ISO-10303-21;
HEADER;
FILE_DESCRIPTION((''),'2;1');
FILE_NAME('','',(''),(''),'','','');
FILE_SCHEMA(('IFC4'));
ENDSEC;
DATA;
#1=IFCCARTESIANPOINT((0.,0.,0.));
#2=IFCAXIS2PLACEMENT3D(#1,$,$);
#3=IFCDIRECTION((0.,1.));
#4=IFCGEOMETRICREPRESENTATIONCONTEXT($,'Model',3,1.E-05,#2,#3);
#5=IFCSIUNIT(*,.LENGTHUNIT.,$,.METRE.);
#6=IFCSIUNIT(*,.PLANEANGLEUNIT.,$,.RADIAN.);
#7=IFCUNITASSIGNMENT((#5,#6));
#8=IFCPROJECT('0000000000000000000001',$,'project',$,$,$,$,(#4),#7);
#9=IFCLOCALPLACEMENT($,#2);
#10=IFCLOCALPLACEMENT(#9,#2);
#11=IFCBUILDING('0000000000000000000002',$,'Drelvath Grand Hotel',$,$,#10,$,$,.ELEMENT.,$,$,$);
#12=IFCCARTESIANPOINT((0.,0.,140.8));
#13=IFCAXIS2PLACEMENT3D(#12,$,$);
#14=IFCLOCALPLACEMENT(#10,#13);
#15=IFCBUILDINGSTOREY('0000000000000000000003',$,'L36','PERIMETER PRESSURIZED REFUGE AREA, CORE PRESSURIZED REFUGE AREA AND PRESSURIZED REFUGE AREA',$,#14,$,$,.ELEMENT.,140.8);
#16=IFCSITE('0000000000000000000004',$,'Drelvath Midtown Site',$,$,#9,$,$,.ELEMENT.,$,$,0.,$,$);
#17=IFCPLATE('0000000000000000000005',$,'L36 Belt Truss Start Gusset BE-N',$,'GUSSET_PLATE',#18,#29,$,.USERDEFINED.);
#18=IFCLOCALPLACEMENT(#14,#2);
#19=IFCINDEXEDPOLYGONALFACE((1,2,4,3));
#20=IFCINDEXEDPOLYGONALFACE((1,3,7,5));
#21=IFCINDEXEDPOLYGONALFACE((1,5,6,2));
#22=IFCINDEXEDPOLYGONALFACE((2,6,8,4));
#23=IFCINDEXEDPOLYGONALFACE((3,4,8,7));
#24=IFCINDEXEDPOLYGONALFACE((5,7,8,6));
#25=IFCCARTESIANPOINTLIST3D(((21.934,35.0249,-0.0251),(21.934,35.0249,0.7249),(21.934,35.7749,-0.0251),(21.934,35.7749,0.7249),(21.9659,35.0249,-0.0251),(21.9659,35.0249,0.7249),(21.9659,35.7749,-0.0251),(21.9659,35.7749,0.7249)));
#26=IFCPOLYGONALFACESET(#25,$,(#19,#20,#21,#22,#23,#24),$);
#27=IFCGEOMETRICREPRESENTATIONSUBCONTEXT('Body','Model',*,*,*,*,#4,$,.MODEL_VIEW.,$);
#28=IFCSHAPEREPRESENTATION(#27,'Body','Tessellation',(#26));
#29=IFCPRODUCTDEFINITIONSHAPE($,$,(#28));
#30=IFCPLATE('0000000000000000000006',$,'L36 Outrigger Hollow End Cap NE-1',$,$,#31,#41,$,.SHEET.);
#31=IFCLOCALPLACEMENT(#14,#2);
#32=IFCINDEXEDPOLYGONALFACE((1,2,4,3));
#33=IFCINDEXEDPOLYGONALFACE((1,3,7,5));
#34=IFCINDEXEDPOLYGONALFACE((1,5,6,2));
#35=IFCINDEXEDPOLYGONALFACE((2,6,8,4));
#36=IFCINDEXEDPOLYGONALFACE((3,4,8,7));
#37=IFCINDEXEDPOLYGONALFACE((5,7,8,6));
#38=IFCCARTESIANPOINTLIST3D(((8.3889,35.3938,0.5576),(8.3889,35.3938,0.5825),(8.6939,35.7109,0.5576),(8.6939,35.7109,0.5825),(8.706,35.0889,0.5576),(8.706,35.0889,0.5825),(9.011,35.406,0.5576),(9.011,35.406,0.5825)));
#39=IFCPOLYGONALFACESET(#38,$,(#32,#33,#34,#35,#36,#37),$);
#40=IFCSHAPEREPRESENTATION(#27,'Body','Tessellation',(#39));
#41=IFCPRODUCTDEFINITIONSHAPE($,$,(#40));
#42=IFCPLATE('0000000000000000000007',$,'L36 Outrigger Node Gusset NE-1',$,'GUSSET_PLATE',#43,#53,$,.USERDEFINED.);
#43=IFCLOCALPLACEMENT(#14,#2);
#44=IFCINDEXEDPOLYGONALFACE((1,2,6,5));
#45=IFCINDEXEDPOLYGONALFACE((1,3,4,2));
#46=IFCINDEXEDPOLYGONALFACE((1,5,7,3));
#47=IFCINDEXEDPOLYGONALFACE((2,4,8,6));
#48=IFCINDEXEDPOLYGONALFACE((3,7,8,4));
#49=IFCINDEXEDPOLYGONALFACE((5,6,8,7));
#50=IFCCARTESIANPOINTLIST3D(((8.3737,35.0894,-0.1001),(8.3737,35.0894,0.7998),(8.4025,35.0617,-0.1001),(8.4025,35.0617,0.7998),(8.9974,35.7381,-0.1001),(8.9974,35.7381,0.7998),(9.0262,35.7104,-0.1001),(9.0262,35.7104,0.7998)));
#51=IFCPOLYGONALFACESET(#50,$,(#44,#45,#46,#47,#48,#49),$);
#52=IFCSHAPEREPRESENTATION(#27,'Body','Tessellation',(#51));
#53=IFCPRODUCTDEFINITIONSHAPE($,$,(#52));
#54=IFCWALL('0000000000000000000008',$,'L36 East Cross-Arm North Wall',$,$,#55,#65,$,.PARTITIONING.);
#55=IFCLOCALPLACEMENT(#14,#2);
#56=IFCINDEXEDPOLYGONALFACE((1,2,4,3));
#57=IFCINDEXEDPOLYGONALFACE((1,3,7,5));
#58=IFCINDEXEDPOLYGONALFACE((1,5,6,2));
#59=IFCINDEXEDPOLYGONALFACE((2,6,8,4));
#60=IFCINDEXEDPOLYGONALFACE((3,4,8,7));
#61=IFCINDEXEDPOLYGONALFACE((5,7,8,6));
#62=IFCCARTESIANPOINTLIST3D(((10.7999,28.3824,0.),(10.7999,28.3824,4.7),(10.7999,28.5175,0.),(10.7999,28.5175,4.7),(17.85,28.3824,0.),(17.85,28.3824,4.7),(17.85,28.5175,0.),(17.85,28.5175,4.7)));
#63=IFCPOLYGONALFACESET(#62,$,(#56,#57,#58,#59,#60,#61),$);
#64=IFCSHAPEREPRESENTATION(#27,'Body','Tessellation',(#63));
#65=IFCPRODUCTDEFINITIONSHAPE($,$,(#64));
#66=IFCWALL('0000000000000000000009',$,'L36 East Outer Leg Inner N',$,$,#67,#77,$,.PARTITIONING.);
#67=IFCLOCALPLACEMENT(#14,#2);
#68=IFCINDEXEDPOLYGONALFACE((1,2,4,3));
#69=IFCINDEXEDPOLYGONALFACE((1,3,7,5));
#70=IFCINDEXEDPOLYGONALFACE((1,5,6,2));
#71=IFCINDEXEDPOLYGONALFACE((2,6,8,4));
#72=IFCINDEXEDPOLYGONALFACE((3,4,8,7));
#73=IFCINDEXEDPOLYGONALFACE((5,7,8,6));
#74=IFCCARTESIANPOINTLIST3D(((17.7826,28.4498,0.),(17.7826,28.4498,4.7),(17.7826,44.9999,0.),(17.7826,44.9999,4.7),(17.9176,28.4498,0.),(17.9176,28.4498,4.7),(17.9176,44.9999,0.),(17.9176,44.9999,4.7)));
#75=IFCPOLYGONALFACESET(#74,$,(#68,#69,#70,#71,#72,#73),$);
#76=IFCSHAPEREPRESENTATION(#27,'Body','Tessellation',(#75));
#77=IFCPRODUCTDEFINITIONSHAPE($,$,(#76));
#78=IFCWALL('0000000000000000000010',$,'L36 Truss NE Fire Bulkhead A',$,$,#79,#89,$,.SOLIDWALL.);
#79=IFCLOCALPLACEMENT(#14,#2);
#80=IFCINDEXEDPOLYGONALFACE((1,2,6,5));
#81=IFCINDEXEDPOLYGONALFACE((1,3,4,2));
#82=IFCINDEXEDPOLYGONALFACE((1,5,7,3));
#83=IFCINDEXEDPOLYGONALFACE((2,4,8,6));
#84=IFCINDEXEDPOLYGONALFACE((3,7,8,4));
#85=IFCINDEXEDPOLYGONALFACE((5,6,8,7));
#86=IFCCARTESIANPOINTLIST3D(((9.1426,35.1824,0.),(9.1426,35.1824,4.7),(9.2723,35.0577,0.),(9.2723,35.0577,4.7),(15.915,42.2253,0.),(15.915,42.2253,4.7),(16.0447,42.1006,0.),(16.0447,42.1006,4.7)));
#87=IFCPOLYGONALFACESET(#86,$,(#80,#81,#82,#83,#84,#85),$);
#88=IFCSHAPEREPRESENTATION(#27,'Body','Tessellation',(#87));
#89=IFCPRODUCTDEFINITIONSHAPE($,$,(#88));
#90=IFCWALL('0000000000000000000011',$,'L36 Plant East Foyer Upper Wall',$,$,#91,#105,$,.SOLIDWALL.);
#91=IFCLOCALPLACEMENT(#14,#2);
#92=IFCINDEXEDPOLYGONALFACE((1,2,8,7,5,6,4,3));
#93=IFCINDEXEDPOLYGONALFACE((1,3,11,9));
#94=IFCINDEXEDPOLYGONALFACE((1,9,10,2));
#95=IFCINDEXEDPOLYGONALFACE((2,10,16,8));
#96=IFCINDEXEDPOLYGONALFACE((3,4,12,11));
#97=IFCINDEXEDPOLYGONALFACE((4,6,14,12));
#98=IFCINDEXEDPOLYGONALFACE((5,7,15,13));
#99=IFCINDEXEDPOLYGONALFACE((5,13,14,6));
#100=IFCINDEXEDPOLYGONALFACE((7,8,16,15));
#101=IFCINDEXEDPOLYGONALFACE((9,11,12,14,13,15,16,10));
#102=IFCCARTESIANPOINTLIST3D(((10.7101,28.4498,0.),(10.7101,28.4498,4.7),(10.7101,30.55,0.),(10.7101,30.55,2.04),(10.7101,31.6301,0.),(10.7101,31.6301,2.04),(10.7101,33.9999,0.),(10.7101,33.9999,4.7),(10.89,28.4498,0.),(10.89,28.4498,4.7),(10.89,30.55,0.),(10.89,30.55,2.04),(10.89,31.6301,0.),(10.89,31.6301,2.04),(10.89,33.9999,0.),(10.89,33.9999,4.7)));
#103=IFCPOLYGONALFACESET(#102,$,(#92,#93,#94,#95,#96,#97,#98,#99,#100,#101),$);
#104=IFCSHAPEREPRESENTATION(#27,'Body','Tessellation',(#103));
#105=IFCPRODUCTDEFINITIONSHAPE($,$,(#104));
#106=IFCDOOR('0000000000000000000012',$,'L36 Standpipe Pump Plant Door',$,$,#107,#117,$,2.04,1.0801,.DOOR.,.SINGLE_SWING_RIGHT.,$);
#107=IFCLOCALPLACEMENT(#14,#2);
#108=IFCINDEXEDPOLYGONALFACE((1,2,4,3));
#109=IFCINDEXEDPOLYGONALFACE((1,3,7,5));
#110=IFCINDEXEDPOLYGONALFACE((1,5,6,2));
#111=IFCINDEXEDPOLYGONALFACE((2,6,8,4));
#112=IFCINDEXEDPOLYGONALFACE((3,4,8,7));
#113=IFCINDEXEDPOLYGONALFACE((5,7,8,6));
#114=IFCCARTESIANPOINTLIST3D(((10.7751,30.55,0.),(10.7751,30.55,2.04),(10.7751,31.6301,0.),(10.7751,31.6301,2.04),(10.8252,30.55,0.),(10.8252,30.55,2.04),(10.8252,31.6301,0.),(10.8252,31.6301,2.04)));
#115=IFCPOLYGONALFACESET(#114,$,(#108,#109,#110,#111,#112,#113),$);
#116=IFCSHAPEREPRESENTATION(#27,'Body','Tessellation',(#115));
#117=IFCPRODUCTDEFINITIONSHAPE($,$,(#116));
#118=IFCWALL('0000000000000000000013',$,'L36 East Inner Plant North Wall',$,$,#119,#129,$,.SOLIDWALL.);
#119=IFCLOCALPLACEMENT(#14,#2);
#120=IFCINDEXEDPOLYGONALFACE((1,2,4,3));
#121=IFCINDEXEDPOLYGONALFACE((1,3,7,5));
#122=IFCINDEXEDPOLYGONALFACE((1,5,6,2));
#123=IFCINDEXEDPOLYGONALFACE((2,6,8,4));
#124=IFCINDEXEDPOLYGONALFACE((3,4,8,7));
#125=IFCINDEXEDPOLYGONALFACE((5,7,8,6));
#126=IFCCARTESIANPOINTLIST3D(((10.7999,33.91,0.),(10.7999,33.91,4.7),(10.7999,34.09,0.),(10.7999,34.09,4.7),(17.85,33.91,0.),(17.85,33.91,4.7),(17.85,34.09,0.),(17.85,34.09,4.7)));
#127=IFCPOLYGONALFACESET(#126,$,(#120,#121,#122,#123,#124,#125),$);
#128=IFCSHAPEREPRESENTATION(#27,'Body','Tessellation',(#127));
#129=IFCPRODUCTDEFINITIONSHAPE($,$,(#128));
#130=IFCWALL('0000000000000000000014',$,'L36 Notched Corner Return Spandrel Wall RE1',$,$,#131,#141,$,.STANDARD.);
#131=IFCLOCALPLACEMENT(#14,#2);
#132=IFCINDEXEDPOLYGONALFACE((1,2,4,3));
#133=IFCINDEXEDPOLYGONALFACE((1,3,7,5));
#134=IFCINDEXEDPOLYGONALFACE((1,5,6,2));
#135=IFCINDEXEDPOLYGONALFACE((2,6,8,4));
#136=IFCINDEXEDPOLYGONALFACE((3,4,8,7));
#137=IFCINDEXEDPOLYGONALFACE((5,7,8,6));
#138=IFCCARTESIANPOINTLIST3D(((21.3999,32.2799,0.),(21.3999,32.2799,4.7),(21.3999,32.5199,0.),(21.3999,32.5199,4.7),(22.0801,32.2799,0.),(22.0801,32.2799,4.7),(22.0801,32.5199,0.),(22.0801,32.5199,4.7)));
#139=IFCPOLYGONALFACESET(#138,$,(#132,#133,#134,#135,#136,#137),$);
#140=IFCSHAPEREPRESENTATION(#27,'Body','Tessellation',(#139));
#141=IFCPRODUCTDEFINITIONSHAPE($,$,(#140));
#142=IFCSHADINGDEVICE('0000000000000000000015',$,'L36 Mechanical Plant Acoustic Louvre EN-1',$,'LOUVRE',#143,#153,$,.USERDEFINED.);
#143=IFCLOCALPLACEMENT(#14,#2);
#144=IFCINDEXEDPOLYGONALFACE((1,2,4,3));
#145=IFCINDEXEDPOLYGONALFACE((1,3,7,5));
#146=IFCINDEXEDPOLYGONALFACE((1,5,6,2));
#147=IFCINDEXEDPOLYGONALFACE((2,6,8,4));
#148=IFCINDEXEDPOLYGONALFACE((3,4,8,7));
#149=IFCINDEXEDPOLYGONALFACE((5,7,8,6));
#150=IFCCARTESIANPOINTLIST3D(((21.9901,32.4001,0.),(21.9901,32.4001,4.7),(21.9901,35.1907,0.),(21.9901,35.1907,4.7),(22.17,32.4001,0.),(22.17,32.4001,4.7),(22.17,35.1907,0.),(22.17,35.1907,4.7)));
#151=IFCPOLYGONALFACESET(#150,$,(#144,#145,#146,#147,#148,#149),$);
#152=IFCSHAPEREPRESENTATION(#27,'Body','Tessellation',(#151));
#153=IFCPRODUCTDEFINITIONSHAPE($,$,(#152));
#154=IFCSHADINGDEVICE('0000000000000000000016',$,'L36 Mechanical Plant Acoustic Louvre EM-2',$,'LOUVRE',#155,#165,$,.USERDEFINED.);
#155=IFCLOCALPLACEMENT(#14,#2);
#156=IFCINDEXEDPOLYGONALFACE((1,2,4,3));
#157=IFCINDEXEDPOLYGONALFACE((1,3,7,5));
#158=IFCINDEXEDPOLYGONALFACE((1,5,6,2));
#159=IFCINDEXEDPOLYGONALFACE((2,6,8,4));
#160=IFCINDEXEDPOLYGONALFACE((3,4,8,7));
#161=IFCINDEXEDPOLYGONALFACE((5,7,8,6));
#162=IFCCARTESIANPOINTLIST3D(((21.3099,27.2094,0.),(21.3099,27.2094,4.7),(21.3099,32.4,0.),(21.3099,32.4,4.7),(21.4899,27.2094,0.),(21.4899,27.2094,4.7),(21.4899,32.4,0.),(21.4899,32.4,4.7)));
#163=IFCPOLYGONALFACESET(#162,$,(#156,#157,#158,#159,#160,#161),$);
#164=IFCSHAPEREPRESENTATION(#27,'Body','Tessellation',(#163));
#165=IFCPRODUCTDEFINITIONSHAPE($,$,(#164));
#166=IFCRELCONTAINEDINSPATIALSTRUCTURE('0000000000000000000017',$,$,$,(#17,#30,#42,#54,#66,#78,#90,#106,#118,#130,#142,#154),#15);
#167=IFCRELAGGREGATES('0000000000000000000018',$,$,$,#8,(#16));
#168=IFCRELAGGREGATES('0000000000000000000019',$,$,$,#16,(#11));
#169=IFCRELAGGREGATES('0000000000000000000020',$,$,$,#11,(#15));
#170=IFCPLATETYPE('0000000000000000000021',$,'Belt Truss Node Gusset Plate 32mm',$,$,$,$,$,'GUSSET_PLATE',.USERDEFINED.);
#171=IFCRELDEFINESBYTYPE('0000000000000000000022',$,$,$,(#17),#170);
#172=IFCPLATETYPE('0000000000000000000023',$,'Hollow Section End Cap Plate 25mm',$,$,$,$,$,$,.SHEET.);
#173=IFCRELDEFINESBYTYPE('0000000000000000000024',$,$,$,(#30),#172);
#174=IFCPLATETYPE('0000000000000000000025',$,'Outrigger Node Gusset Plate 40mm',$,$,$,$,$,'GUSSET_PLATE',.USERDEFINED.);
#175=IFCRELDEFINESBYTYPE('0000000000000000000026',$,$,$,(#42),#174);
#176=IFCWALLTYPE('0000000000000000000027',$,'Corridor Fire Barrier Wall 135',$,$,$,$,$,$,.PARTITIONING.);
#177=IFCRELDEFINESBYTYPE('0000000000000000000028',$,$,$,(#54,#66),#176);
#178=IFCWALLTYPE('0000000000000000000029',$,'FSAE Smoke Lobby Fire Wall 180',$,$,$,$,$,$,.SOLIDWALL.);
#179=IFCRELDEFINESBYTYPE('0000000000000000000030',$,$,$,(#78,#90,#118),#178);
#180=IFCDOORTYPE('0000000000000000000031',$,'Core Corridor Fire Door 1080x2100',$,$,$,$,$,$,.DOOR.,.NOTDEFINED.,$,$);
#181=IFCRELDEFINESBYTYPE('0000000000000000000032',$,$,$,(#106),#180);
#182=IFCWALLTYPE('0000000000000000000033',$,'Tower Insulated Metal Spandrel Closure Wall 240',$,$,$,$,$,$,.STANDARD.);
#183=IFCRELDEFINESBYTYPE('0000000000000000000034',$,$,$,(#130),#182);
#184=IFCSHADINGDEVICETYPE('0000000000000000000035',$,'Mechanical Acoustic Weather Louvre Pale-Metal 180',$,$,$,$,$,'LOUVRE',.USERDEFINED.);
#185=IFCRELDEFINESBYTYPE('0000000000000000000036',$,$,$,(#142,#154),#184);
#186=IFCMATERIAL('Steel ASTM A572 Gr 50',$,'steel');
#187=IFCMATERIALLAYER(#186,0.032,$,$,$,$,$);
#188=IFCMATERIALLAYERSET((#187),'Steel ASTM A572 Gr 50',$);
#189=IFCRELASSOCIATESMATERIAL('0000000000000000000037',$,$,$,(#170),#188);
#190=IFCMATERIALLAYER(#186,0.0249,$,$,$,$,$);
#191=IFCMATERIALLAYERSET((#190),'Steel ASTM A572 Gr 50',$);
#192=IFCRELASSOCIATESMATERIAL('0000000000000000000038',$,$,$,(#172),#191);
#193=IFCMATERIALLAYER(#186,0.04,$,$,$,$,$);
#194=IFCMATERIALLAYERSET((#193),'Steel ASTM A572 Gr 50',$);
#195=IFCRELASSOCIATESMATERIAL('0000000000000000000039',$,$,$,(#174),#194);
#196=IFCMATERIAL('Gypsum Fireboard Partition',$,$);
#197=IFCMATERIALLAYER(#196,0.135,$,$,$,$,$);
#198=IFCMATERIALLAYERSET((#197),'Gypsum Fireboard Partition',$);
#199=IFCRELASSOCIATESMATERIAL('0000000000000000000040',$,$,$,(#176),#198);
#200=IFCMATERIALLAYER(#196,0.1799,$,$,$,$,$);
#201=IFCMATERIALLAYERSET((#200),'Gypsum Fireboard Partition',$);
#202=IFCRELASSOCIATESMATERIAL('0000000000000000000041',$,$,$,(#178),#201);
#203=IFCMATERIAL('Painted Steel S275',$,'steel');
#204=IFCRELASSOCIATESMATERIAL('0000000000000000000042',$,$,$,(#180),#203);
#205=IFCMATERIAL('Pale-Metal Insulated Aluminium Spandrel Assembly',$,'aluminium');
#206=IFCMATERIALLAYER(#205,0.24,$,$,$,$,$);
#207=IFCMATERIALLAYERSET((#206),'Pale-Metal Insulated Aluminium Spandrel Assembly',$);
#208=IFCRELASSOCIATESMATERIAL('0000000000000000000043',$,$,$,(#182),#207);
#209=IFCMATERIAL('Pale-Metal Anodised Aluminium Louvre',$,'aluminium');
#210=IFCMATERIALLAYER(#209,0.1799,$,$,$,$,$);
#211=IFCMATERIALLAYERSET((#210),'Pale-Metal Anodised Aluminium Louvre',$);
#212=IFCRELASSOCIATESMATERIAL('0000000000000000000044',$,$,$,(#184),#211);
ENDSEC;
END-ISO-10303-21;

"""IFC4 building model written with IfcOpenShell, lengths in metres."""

from ifc_helpers import new_model, si_unit, direction, frame, frame_2d, origin, origin_2d, place, context, subcontext, project, spatial, rectangle, extrude, material, layer, layer_set, type_object, element, fill, save


model = new_model("IFC4")

# Units and contexts
model_context = context("Model", 3, precision=1e-05, world=origin(), true_north=direction((0.0, 1.0)))
body_context = subcontext(model_context, "Body", "Model", "MODEL_VIEW")
ifc_project = project(units=[si_unit("LENGTHUNIT", "METRE"), si_unit("PLANEANGLEUNIT", "RADIAN")], contexts=[model_context])

# Site, building, storey
site_placement = place(None, origin())
site = spatial("IfcSite", under=ifc_project, at=site_placement, Name="Drelvath Midtown Site", CompositionType="ELEMENT", RefElevation=0.0)
building_placement = place(site_placement, origin())
building = spatial("IfcBuilding", under=site, at=building_placement, Name="Drelvath Grand Hotel", CompositionType="ELEMENT")
storey_placement = place(building_placement, frame((0.0, 0.0, 140.8)))
storey = spatial("IfcBuildingStorey", under=building, at=storey_placement, Name="L36", Description="PERIMETER PRESSURIZED REFUGE AREA, CORE PRESSURIZED REFUGE AREA AND PRESSURIZED REFUGE AREA", CompositionType="ELEMENT", Elevation=140.8)

# Plates
ifc_material_1 = material(Name="Steel ASTM A572 Gr 50", Category="steel")
ifc_layer_1 = layer(ifc_material_1, 0.032)
ifc_layer_set_1 = layer_set([ifc_layer_1], Name="Steel ASTM A572 Gr 50")
plate_type_1 = type_object("IfcPlateType", Name="Belt Truss Node Gusset Plate 32mm", ElementType="GUSSET_PLATE", PredefinedType="USERDEFINED", material=ifc_layer_set_1)
plate_1_placement = place(storey_placement, frame((21.95, 35.3999, -0.0251), z_axis=(0.0, 0.0, 1.0), x_axis=(0.0, 1.0, 0.0)))
element("IfcPlate", 1, at=plate_1_placement, inside=storey, type_object=plate_type_1, Name="L36 Belt Truss Start Gusset BE-N", ObjectType="GUSSET_PLATE", PredefinedType="USERDEFINED", context=body_context, shape_type="SweptSolid", body=[
    extrude(rectangle(XDim=0.75, YDim=0.032, at=origin_2d()), origin(), (0.0, 0.0, 1.0), 0.75),
])
ifc_layer_2 = layer(ifc_material_1, 0.0249)
ifc_layer_set_2 = layer_set([ifc_layer_2], Name="Steel ASTM A572 Gr 50")
plate_type_2 = type_object("IfcPlateType", Name="Hollow Section End Cap Plate 25mm", PredefinedType="SHEET", material=ifc_layer_set_2)
plate_2_placement = place(storey_placement, frame((8.7, 35.3999, 0.5576), z_axis=(0.0, 0.0, 1.0), x_axis=(0.693109, 0.720833, 0.0)))
element("IfcPlate", 2, at=plate_2_placement, inside=storey, type_object=plate_type_2, Name="L36 Outrigger Hollow End Cap NE-1", PredefinedType="SHEET", context=body_context, shape_type="SweptSolid", body=[
    extrude(rectangle(XDim=0.4399, YDim=0.4399, at=origin_2d()), origin(), (0.0, 0.0, 1.0), 0.0249),
])
ifc_layer_3 = layer(ifc_material_1, 0.04)
ifc_layer_set_3 = layer_set([ifc_layer_3], Name="Steel ASTM A572 Gr 50")
plate_type_3 = type_object("IfcPlateType", Name="Outrigger Node Gusset Plate 40mm", ElementType="GUSSET_PLATE", PredefinedType="USERDEFINED", material=ifc_layer_set_3)
plate_3_placement = place(storey_placement, frame((8.7, 35.3999, -0.1001), z_axis=(0.0, 0.0, 1.0), x_axis=(0.693109, 0.720833, 0.0)))
element("IfcPlate", 3, at=plate_3_placement, inside=storey, type_object=plate_type_3, Name="L36 Outrigger Node Gusset NE-1", ObjectType="GUSSET_PLATE", PredefinedType="USERDEFINED", context=body_context, shape_type="SweptSolid", body=[
    extrude(rectangle(XDim=0.8999, YDim=0.04, at=origin_2d()), origin(), (0.0, 0.0, 1.0), 0.8999),
])

# Walls
ifc_material_2 = material(Name="Gypsum Fireboard Partition")
ifc_layer_4 = layer(ifc_material_2, 0.135)
ifc_layer_set_4 = layer_set([ifc_layer_4], Name="Gypsum Fireboard Partition")
wall_type_1 = type_object("IfcWallType", Name="Corridor Fire Barrier Wall 135", PredefinedType="PARTITIONING", material=ifc_layer_set_4)
wall_1_placement = place(storey_placement, frame((10.8, 28.45, 0.0), z_axis=(0.0, 0.0, 1.0), x_axis=(1.0, 0.0, 0.0)))
element("IfcWall", 4, at=wall_1_placement, inside=storey, type_object=wall_type_1, Name="L36 East Cross-Arm North Wall", PredefinedType="PARTITIONING", context=body_context, shape_type="SweptSolid", body=[
    extrude(rectangle(XDim=7.05, YDim=0.135, at=frame_2d((3.5249, 0.0))), origin(), (0.0, 0.0, 1.0), 4.7),
])
wall_2_placement = place(storey_placement, frame((17.8501, 28.45, 0.0), z_axis=(0.0, 0.0, 1.0), x_axis=(0.0, 1.0, 0.0)))
element("IfcWall", 5, at=wall_2_placement, inside=storey, type_object=wall_type_1, Name="L36 East Outer Leg Inner N", PredefinedType="PARTITIONING", context=body_context, shape_type="SweptSolid", body=[
    extrude(rectangle(XDim=16.55, YDim=0.135, at=frame_2d((8.2749, 0.0))), origin(), (0.0, 0.0, 1.0), 4.7),
])
ifc_layer_5 = layer(ifc_material_2, 0.1799)
ifc_layer_set_5 = layer_set([ifc_layer_5], Name="Gypsum Fireboard Partition")
wall_type_2 = type_object("IfcWallType", Name="FSAE Smoke Lobby Fire Wall 180", PredefinedType="SOLIDWALL", material=ifc_layer_set_5)
wall_3_placement = place(storey_placement, frame((9.2075, 35.1201, 0.0), z_axis=(0.0, 0.0, 1.0), x_axis=(0.693129, 0.720814, 0.0)))
element("IfcWall", 6, at=wall_3_placement, inside=storey, type_object=wall_type_2, Name="L36 Truss NE Fire Bulkhead A", PredefinedType="SOLIDWALL", context=body_context, shape_type="SweptSolid", body=[
    extrude(rectangle(XDim=9.7708, YDim=0.1799, at=frame_2d((4.8853, 0.0))), origin(), (0.0, 0.0, 1.0), 4.7),
])

# Wall, opening, door
wall_4_placement = place(storey_placement, frame((10.8, 28.45, 0.0), z_axis=(0.0, 0.0, 1.0), x_axis=(0.0, 1.0, 0.0)))
wall_4 = element("IfcWall", 7, at=wall_4_placement, inside=storey, type_object=wall_type_2, Name="L36 Plant East Foyer Upper Wall", PredefinedType="SOLIDWALL", context=body_context, shape_type="SweptSolid", body=[
    extrude(rectangle(XDim=5.55, YDim=0.1799, at=frame_2d((2.7749, 0.0))), origin(), (0.0, 0.0, 1.0), 4.7),
])
opening_placement = place(wall_4_placement, frame((2.1001, 0.0, 0.0)))
opening = element("IfcOpeningElement", 8, at=opening_placement, cuts=wall_4, PredefinedType="OPENING", context=body_context, shape_type="SweptSolid", body=[
    extrude(rectangle(XDim=1.0801, YDim=2.04, at=frame_2d((0.54, 1.02))), frame((0.0, 0.0999, 0.0), z_axis=(0.0, -1.0, 0.0), x_axis=(1.0, 0.0, 0.0)), (0.0, 0.0, 1.0), 0.2),
])
ifc_material_3 = material(Name="Painted Steel S275", Category="steel")
door_type = type_object("IfcDoorType", Name="Core Corridor Fire Door 1080x2100", OperationType="NOTDEFINED", PredefinedType="DOOR", material=ifc_material_3)
door_placement = place(opening_placement, origin())
door = element("IfcDoor", 9, at=door_placement, inside=storey, type_object=door_type, Name="L36 Standpipe Pump Plant Door", OperationType="SINGLE_SWING_RIGHT", OverallHeight=2.04, OverallWidth=1.0801, PredefinedType="DOOR", context=body_context, shape_type="SweptSolid", body=[
    extrude(rectangle(XDim=1.0801, YDim=2.04, at=frame_2d((0.54, 1.02))), frame((0.0, 0.0249, 0.0), z_axis=(0.0, -1.0, 0.0), x_axis=(1.0, 0.0, 0.0)), (0.0, 0.0, 1.0), 0.05),
])
fill(opening, door)

# Walls
wall_5_placement = place(storey_placement, frame((10.8, 34.0, 0.0), z_axis=(0.0, 0.0, 1.0), x_axis=(1.0, 0.0, 0.0)))
element("IfcWall", 10, at=wall_5_placement, inside=storey, type_object=wall_type_2, Name="L36 East Inner Plant North Wall", PredefinedType="SOLIDWALL", context=body_context, shape_type="SweptSolid", body=[
    extrude(rectangle(XDim=7.05, YDim=0.1799, at=frame_2d((3.5249, 0.0))), origin(), (0.0, 0.0, 1.0), 4.7),
])
ifc_material_4 = material(Name="Pale-Metal Insulated Aluminium Spandrel Assembly", Category="aluminium")
ifc_layer_6 = layer(ifc_material_4, 0.24)
ifc_layer_set_6 = layer_set([ifc_layer_6], Name="Pale-Metal Insulated Aluminium Spandrel Assembly")
wall_type_3 = type_object("IfcWallType", Name="Tower Insulated Metal Spandrel Closure Wall 240", PredefinedType="STANDARD", material=ifc_layer_set_6)
wall_6_placement = place(storey_placement, frame((22.0801, 32.3999, 0.0), z_axis=(0.0, 0.0, 1.0), x_axis=(-1.0, 0.0, 0.0)))
element("IfcWall", 11, at=wall_6_placement, inside=storey, type_object=wall_type_3, Name="L36 Notched Corner Return Spandrel Wall RE1", PredefinedType="STANDARD", context=body_context, shape_type="SweptSolid", body=[
    extrude(rectangle(XDim=0.6802, YDim=0.24, at=frame_2d((0.3401, 0.0))), origin(), (0.0, 0.0, 1.0), 4.7),
])

# Shading devices
ifc_material_5 = material(Name="Pale-Metal Anodised Aluminium Louvre", Category="aluminium")
ifc_layer_7 = layer(ifc_material_5, 0.1799)
ifc_layer_set_7 = layer_set([ifc_layer_7], Name="Pale-Metal Anodised Aluminium Louvre")
shading_device_type = type_object("IfcShadingDeviceType", Name="Mechanical Acoustic Weather Louvre Pale-Metal 180", ElementType="LOUVRE", PredefinedType="USERDEFINED", material=ifc_layer_set_7)
shading_device_1_placement = place(storey_placement, frame((22.0801, 33.7954, 0.0), z_axis=(0.0, 0.0, 1.0), x_axis=(0.0, 1.0, 0.0)))
element("IfcShadingDevice", 12, at=shading_device_1_placement, inside=storey, type_object=shading_device_type, Name="L36 Mechanical Plant Acoustic Louvre EN-1", ObjectType="LOUVRE", PredefinedType="USERDEFINED", context=body_context, shape_type="SweptSolid", body=[
    extrude(rectangle(XDim=2.7905, YDim=0.1799, at=origin_2d()), origin(), (0.0, 0.0, 1.0), 4.7),
])
shading_device_2_placement = place(storey_placement, frame((21.3999, 29.8047, 0.0), z_axis=(0.0, 0.0, 1.0), x_axis=(0.0, 1.0, 0.0)))
element("IfcShadingDevice", 13, at=shading_device_2_placement, inside=storey, type_object=shading_device_type, Name="L36 Mechanical Plant Acoustic Louvre EM-2", ObjectType="LOUVRE", PredefinedType="USERDEFINED", context=body_context, shape_type="SweptSolid", body=[
    extrude(rectangle(XDim=5.1907, YDim=0.1799, at=origin_2d()), origin(), (0.0, 0.0, 1.0), 4.7),
])

save(model, "model.ifc")
